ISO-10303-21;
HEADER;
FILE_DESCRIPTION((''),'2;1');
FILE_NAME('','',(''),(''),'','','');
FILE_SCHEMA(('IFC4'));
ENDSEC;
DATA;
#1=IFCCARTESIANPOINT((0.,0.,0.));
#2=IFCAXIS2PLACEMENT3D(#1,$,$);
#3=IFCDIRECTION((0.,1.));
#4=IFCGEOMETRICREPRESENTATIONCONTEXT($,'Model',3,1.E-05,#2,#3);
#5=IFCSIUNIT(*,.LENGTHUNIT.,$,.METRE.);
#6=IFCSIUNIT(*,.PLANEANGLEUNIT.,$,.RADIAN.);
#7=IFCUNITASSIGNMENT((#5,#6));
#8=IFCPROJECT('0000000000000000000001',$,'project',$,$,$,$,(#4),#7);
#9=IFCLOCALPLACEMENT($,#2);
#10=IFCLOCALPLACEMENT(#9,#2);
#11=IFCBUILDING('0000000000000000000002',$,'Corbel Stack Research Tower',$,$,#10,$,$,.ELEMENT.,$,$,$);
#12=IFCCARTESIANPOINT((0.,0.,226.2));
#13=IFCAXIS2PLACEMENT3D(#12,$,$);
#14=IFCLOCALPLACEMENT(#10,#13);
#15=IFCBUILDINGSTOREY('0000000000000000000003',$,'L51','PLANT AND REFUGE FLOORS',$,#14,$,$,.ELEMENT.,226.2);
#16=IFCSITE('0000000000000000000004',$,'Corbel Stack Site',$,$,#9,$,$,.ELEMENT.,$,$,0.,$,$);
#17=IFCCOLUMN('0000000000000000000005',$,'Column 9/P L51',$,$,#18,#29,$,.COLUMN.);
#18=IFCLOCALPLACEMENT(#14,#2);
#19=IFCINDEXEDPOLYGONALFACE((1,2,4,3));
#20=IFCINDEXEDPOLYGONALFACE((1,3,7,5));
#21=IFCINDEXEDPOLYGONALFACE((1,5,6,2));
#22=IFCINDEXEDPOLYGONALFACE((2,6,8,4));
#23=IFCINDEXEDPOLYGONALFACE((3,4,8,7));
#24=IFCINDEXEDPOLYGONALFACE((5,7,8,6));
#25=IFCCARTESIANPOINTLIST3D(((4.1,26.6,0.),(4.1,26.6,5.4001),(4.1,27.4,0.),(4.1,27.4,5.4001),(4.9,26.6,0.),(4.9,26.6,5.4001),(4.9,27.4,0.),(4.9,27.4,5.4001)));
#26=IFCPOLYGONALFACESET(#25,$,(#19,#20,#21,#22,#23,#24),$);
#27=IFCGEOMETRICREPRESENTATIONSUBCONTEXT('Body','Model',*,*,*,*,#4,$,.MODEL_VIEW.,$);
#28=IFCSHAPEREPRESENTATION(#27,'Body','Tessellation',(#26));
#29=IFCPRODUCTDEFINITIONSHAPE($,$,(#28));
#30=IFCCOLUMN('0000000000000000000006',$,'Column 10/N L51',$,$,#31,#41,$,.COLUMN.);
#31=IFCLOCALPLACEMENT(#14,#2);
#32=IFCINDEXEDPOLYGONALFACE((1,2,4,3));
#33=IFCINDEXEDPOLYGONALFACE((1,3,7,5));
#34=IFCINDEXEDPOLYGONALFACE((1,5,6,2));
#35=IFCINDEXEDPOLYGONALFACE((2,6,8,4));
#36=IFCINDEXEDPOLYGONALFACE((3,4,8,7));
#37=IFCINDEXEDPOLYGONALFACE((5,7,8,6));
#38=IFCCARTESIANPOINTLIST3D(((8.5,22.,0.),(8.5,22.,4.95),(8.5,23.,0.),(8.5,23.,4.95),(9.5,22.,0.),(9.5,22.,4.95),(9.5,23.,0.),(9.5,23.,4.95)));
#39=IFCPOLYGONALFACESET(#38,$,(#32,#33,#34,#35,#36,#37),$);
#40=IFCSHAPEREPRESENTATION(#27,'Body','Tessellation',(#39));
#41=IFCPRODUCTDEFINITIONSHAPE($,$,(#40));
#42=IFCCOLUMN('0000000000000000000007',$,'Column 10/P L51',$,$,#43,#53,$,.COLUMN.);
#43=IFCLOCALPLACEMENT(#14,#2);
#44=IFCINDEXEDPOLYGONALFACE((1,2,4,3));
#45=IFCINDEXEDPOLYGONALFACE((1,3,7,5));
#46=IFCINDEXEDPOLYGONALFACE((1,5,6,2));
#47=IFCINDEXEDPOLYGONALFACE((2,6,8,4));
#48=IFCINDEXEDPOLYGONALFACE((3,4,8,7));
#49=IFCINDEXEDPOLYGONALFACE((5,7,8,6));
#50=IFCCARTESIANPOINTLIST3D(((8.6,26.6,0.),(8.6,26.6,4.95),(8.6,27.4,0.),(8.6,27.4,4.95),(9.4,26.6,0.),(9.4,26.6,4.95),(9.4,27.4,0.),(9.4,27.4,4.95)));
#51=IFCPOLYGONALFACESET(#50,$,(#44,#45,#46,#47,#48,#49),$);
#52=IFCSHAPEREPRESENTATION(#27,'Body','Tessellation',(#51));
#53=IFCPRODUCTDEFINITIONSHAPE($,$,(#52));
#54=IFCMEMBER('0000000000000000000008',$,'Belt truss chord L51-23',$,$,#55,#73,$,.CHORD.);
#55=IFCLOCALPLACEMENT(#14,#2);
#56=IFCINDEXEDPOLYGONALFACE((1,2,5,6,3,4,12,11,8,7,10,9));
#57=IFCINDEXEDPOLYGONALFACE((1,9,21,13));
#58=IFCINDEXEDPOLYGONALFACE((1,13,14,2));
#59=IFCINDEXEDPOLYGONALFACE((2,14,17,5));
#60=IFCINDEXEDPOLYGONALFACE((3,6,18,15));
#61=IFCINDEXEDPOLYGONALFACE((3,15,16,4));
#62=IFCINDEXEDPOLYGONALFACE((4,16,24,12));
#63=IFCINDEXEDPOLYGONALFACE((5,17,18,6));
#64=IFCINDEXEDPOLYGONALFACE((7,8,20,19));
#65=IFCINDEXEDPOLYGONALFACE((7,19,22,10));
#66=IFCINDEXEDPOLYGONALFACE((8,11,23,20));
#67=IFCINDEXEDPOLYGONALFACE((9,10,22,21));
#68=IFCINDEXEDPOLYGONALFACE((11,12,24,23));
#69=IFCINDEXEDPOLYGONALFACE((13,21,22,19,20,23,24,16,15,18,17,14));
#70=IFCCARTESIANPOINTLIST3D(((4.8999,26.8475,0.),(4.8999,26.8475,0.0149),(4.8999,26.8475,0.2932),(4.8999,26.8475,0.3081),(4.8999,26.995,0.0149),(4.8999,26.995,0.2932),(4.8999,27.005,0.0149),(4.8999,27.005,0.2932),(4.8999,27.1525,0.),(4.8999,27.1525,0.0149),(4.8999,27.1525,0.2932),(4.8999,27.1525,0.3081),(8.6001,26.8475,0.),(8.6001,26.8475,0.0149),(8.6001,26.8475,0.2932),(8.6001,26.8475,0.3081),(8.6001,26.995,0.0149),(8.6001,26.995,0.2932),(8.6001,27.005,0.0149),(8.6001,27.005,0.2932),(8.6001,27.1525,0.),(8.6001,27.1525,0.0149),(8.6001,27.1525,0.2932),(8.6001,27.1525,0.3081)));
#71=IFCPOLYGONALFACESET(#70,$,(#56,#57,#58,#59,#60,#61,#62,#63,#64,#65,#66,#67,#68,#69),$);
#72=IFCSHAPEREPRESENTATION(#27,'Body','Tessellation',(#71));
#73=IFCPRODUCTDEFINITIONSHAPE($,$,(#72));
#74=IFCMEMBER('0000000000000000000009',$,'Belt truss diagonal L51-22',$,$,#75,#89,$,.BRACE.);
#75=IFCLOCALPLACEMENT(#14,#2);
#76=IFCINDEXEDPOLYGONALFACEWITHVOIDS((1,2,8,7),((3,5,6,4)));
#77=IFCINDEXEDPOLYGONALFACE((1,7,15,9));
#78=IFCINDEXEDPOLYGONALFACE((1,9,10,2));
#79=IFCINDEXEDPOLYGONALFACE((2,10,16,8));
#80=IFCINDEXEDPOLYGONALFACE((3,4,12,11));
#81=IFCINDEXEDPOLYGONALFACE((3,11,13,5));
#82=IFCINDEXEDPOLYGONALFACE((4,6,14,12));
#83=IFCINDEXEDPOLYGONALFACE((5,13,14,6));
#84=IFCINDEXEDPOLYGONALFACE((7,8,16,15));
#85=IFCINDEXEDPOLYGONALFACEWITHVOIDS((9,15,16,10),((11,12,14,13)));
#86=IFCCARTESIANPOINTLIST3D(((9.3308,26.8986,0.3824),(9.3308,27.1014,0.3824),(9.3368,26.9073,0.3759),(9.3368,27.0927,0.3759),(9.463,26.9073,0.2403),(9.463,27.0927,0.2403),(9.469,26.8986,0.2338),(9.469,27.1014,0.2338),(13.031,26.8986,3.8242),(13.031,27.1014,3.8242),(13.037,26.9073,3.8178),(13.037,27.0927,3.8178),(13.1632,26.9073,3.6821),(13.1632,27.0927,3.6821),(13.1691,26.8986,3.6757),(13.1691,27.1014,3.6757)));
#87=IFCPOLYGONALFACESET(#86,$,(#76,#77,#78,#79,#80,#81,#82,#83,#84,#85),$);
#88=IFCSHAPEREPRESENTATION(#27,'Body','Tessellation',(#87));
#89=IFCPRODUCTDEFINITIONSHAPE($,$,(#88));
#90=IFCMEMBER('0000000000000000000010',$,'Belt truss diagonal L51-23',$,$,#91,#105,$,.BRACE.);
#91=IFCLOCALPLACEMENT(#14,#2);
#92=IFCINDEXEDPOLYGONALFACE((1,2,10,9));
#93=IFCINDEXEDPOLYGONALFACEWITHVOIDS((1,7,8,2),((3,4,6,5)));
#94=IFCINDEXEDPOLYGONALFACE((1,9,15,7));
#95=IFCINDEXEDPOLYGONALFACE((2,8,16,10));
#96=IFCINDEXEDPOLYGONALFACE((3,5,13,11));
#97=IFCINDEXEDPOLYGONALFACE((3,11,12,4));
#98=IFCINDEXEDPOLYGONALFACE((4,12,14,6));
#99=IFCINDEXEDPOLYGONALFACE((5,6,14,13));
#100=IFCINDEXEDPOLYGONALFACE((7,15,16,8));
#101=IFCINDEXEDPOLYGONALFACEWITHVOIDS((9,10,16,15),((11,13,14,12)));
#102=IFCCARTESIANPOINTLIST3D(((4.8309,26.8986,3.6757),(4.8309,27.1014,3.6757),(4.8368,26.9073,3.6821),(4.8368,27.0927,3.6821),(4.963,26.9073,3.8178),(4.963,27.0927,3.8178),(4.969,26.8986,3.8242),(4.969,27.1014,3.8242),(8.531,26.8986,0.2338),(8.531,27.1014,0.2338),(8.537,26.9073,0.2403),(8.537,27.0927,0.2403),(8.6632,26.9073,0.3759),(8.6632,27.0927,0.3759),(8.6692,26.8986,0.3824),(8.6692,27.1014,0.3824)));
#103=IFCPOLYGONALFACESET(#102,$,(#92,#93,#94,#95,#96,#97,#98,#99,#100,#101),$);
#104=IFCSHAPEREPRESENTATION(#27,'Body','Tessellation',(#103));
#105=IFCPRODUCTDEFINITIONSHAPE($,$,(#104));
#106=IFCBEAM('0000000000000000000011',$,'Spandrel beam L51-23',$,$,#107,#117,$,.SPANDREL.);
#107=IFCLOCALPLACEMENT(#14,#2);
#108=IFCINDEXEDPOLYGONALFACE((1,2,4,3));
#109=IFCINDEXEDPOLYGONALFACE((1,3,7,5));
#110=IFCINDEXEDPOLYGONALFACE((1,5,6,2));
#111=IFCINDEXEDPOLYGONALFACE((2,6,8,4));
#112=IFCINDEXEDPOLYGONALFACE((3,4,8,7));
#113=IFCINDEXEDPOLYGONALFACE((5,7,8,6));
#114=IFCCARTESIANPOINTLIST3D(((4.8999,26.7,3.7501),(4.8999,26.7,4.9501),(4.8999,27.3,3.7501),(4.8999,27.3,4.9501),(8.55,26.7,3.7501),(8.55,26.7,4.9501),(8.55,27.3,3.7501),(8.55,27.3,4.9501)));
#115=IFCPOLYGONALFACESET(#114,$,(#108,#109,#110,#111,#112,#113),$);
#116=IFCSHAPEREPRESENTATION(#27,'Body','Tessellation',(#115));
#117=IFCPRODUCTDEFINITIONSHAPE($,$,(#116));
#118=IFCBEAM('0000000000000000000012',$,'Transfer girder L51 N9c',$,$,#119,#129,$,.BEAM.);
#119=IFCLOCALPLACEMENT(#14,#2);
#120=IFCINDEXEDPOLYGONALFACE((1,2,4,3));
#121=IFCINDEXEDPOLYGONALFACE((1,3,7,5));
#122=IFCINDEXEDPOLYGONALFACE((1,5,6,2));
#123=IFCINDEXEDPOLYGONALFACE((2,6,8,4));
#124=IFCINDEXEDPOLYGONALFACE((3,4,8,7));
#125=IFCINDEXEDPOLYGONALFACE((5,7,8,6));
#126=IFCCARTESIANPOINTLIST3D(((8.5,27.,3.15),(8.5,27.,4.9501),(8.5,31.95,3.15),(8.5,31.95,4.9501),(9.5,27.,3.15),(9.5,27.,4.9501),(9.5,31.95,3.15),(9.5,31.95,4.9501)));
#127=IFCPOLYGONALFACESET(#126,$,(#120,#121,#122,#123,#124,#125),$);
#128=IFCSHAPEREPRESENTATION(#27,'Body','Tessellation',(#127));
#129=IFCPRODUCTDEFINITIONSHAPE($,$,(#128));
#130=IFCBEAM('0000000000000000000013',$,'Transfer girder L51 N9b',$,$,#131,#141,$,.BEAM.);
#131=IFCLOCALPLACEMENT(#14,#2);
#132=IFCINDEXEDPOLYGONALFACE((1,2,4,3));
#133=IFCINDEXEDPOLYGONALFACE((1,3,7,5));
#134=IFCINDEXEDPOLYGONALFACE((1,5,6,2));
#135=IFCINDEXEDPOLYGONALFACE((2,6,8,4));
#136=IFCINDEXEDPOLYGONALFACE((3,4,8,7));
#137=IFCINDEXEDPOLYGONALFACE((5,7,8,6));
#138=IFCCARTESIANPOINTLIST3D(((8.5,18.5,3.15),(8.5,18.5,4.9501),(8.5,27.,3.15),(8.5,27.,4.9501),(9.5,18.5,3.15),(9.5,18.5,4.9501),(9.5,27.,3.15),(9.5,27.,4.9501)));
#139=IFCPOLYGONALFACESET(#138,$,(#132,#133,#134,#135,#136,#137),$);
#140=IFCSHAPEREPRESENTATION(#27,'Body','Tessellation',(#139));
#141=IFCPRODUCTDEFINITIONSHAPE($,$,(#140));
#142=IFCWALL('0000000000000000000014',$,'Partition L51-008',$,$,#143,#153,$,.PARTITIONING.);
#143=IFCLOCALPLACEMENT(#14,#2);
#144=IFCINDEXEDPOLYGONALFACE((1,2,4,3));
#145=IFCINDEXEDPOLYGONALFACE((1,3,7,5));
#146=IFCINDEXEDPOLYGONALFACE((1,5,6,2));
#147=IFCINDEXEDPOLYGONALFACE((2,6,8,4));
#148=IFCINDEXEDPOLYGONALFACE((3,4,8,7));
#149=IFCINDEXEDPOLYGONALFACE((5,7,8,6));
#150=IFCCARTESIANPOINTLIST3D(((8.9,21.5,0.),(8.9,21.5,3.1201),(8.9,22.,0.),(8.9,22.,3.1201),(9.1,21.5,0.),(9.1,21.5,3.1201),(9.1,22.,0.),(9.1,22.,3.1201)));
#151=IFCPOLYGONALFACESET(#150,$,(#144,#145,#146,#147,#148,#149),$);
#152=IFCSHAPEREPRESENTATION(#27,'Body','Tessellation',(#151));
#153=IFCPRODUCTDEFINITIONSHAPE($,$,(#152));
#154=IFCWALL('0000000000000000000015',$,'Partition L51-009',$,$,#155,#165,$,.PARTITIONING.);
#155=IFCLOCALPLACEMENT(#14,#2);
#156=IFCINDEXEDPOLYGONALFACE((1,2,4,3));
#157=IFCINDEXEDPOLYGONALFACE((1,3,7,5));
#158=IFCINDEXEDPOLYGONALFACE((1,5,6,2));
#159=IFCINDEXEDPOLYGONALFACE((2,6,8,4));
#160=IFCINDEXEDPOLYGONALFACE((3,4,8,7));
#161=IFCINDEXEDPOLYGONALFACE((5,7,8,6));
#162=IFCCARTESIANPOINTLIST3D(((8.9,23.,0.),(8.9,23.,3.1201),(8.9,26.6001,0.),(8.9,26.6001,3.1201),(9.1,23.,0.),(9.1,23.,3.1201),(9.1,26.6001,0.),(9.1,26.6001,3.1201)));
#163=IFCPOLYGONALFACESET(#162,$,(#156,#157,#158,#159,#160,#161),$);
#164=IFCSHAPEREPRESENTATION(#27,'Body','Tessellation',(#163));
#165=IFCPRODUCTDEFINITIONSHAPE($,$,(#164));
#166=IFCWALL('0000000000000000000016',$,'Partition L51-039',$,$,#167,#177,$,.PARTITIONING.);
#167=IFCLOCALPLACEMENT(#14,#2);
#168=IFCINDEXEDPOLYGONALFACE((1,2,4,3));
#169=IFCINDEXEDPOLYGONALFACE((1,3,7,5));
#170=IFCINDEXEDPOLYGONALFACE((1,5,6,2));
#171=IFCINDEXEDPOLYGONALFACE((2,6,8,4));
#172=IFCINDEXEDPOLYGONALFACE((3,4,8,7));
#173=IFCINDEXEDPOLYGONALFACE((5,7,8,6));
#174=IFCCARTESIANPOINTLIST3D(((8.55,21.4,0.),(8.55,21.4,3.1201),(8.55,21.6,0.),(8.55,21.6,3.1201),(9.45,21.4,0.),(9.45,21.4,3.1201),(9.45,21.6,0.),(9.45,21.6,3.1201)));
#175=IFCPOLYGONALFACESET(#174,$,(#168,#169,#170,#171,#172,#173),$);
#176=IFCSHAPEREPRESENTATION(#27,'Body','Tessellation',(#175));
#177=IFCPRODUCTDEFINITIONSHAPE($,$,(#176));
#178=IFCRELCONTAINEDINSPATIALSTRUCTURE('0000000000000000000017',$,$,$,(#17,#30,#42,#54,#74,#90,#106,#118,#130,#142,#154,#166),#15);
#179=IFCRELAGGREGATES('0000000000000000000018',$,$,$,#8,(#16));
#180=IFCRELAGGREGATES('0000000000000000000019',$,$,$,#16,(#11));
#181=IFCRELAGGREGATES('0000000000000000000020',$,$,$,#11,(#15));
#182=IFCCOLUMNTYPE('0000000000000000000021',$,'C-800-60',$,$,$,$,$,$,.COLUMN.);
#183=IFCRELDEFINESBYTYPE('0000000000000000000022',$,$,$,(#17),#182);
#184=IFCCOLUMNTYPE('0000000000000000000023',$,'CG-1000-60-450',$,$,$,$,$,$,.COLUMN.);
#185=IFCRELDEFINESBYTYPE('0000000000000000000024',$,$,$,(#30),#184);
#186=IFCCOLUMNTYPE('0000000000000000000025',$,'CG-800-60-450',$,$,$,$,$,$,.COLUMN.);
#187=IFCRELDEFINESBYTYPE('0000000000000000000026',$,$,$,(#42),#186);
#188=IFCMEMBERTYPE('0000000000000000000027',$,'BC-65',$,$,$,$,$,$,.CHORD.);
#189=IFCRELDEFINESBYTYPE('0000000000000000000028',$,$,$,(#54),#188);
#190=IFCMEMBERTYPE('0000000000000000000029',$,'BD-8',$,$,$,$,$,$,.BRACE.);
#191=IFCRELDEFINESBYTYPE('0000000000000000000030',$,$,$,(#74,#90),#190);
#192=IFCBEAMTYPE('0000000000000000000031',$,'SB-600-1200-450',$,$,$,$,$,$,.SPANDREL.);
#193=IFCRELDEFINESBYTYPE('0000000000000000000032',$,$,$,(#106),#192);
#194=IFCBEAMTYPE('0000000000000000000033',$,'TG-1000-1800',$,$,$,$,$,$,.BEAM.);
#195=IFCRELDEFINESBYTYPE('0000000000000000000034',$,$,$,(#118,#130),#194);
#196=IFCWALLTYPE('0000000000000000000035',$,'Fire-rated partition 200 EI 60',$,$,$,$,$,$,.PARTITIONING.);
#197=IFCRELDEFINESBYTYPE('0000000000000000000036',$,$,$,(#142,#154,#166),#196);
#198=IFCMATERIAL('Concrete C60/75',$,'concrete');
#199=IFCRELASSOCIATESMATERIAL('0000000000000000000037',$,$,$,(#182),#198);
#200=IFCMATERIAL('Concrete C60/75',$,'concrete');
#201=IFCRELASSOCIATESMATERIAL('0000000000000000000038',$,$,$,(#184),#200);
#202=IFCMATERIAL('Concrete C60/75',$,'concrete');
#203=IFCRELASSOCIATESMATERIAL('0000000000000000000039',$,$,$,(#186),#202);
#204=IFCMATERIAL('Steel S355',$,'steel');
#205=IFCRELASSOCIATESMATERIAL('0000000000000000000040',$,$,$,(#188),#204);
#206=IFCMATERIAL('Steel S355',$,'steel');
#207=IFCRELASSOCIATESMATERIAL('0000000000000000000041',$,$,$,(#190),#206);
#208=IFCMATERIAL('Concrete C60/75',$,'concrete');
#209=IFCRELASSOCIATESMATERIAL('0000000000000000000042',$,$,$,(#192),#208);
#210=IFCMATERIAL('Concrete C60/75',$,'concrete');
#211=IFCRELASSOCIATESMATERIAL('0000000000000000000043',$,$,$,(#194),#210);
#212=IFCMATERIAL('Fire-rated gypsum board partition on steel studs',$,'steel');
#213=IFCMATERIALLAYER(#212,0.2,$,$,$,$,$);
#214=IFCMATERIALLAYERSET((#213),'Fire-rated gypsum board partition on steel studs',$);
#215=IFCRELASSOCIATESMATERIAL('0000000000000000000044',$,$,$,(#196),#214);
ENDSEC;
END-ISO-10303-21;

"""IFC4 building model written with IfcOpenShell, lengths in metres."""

from ifc_helpers import new_model, si_unit, direction, frame, frame_2d, origin, origin_2d, place, context, subcontext, project, spatial, rectangle, hollow_rectangle, i_section, extrude, material, layer, layer_set, material_profile, profile_set, type_object, element, save


model = new_model("IFC4")

# Units and contexts
model_context = context("Model", 3, precision=1e-05, world=origin(), true_north=direction((0.0, 1.0)))
body_context = subcontext(model_context, "Body", "Model", "MODEL_VIEW")
ifc_project = project(units=[si_unit("LENGTHUNIT", "METRE"), si_unit("PLANEANGLEUNIT", "RADIAN")], contexts=[model_context])

# Site, building, storey
site_placement = place(None, origin())
site = spatial("IfcSite", under=ifc_project, at=site_placement, Name="Corbel Stack Site", CompositionType="ELEMENT", RefElevation=0.0)
building_placement = place(site_placement, origin())
building = spatial("IfcBuilding", under=site, at=building_placement, Name="Corbel Stack Research Tower", CompositionType="ELEMENT")
storey_placement = place(building_placement, frame((0.0, 0.0, 226.2)))
storey = spatial("IfcBuildingStorey", under=building, at=storey_placement, Name="L51", Description="PLANT AND REFUGE FLOORS", CompositionType="ELEMENT", Elevation=226.2)

# Columns
ifc_material_1 = material(Name="Concrete C60/75", Category="concrete")
ifc_material_profile_1 = material_profile(ifc_material_1, rectangle(XDim=0.8, YDim=0.8, at=origin_2d()), Name="RC 800 x 800")
ifc_profile_set_1 = profile_set([ifc_material_profile_1], Name="Concrete C60/75")
column_type_1 = type_object("IfcColumnType", Name="C-800-60", PredefinedType="COLUMN", material=ifc_profile_set_1)
column_1_placement = place(storey_placement, frame((4.5, 27.0, 0.0), z_axis=(0.0, 0.0, 1.0), x_axis=(1.0, 0.0, 0.0)))
element("IfcColumn", 1, at=column_1_placement, inside=storey, type_object=column_type_1, Name="Column 9/P L51", PredefinedType="COLUMN", context=body_context, shape_type="SweptSolid", body=[
    extrude(rectangle(XDim=0.8, YDim=0.8, at=origin_2d()), origin(), (0.0, 0.0, 1.0), 5.4001),
])
ifc_material_2 = material(Name="Concrete C60/75", Category="concrete")
ifc_material_profile_2 = material_profile(ifc_material_2, rectangle(XDim=1.0, YDim=1.0, at=origin_2d()), Name="RC 1000 x 1000")
ifc_profile_set_2 = profile_set([ifc_material_profile_2], Name="Concrete C60/75")
column_type_2 = type_object("IfcColumnType", Name="CG-1000-60-450", PredefinedType="COLUMN", material=ifc_profile_set_2)
column_2_placement = place(storey_placement, frame((9.0, 22.5, 0.0), z_axis=(0.0, 0.0, 1.0), x_axis=(1.0, 0.0, 0.0)))
element("IfcColumn", 2, at=column_2_placement, inside=storey, type_object=column_type_2, Name="Column 10/N L51", PredefinedType="COLUMN", context=body_context, shape_type="SweptSolid", body=[
    extrude(rectangle(XDim=1.0, YDim=1.0, at=origin_2d()), origin(), (0.0, 0.0, 1.0), 4.95),
])
ifc_material_3 = material(Name="Concrete C60/75", Category="concrete")
ifc_material_profile_3 = material_profile(ifc_material_3, rectangle(XDim=0.8, YDim=0.8, at=origin_2d()), Name="RC 800 x 800")
ifc_profile_set_3 = profile_set([ifc_material_profile_3], Name="Concrete C60/75")
column_type_3 = type_object("IfcColumnType", Name="CG-800-60-450", PredefinedType="COLUMN", material=ifc_profile_set_3)
column_3_placement = place(storey_placement, frame((9.0, 27.0, 0.0), z_axis=(0.0, 0.0, 1.0), x_axis=(1.0, 0.0, 0.0)))
element("IfcColumn", 3, at=column_3_placement, inside=storey, type_object=column_type_3, Name="Column 10/P L51", PredefinedType="COLUMN", context=body_context, shape_type="SweptSolid", body=[
    extrude(rectangle(XDim=0.8, YDim=0.8, at=origin_2d()), origin(), (0.0, 0.0, 1.0), 4.95),
])

# Members
ifc_material_4 = material(Name="Steel S355", Category="steel")
ifc_material_profile_4 = material_profile(ifc_material_4, i_section(OverallWidth=0.3049, OverallDepth=0.3081, WebThickness=0.01, FlangeThickness=0.0149, at=origin_2d()), Name="W12x65")
ifc_profile_set_4 = profile_set([ifc_material_profile_4], Name="Steel S355")
member_type_1 = type_object("IfcMemberType", Name="BC-65", PredefinedType="CHORD", material=ifc_profile_set_4)
member_placement = place(storey_placement, frame((8.6001, 27.0, 0.1541), z_axis=(-1.0, 0.0, 0.0), x_axis=(0.0, -1.0, 0.0)))
element("IfcMember", 4, at=member_placement, inside=storey, type_object=member_type_1, Name="Belt truss chord L51-23", PredefinedType="CHORD", context=body_context, shape_type="SweptSolid", body=[
    extrude(i_section(OverallWidth=0.3049, OverallDepth=0.3081, WebThickness=0.01, FlangeThickness=0.0149, at=origin_2d()), origin(), (0.0, 0.0, 1.0), 3.7002),
])
ifc_material_5 = material(Name="Steel S355", Category="steel")
ifc_material_profile_5 = material_profile(ifc_material_5, hollow_rectangle(XDim=0.2029, YDim=0.2029, WallThickness=0.0088, at=origin_2d()), Name="HSS8x8x3/8")
ifc_profile_set_5 = profile_set([ifc_material_profile_5], Name="Steel S355")
member_type_2 = type_object("IfcMemberType", Name="BD-8", PredefinedType="BRACE", material=ifc_profile_set_5)
for number, where, z_axis, x_axis, name in (
    (5, (9.3999, 27.0, 0.3081), (0.732201, 0.0, 0.681088), (0.0, 1.0, 0.0), "Belt truss diagonal L51-22"),
    (6, (8.6001, 27.0, 0.3081), (-0.732201, 0.0, 0.681088), (0.0, -1.0, 0.0), "Belt truss diagonal L51-23"),
):
    element("IfcMember", number, at=place(storey_placement, frame(where, z_axis=z_axis, x_axis=x_axis)), inside=storey, type_object=member_type_2, Name=name, PredefinedType="BRACE", context=body_context, shape_type="SweptSolid", body=[
        extrude(hollow_rectangle(XDim=0.2029, YDim=0.2029, WallThickness=0.0088, at=origin_2d()), origin(), (0.0, 0.0, 1.0), 5.0535),
    ])

# Beams
ifc_material_6 = material(Name="Concrete C60/75", Category="concrete")
ifc_material_profile_6 = material_profile(ifc_material_6, rectangle(XDim=0.6001, YDim=1.2, at=origin_2d()), Name="RC 600 x 1200")
ifc_profile_set_6 = profile_set([ifc_material_profile_6], Name="Concrete C60/75")
beam_type_1 = type_object("IfcBeamType", Name="SB-600-1200-450", PredefinedType="SPANDREL", material=ifc_profile_set_6)
beam_1_placement = place(storey_placement, frame((8.55, 27.0, 4.3501), z_axis=(-1.0, 0.0, 0.0), x_axis=(0.0, -1.0, 0.0)))
element("IfcBeam", 7, at=beam_1_placement, inside=storey, type_object=beam_type_1, Name="Spandrel beam L51-23", PredefinedType="SPANDREL", context=body_context, shape_type="SweptSolid", body=[
    extrude(rectangle(XDim=0.6001, YDim=1.2, at=origin_2d()), origin(), (0.0, 0.0, 1.0), 3.6501),
])
ifc_material_7 = material(Name="Concrete C60/75", Category="concrete")
ifc_material_profile_7 = material_profile(ifc_material_7, rectangle(XDim=1.0, YDim=1.8, at=origin_2d()), Name="RC 1000 x 1800")
ifc_profile_set_7 = profile_set([ifc_material_profile_7], Name="Concrete C60/75")
beam_type_2 = type_object("IfcBeamType", Name="TG-1000-1800", PredefinedType="BEAM", material=ifc_profile_set_7)
beam_2_placement = place(storey_placement, frame((9.0, 31.95, 4.05), z_axis=(0.0, -1.0, 0.0), x_axis=(1.0, 0.0, 0.0)))
element("IfcBeam", 8, at=beam_2_placement, inside=storey, type_object=beam_type_2, Name="Transfer girder L51 N9c", PredefinedType="BEAM", context=body_context, shape_type="SweptSolid", body=[
    extrude(rectangle(XDim=1.0, YDim=1.8, at=origin_2d()), origin(), (0.0, 0.0, 1.0), 4.95),
])
beam_3_placement = place(storey_placement, frame((9.0, 27.0, 4.05), z_axis=(0.0, -1.0, 0.0), x_axis=(1.0, 0.0, 0.0)))
element("IfcBeam", 9, at=beam_3_placement, inside=storey, type_object=beam_type_2, Name="Transfer girder L51 N9b", PredefinedType="BEAM", context=body_context, shape_type="SweptSolid", body=[
    extrude(rectangle(XDim=1.0, YDim=1.8, at=origin_2d()), origin(), (0.0, 0.0, 1.0), 8.5),
])

# Walls
ifc_material_8 = material(Name="Fire-rated gypsum board partition on steel studs", Category="steel")
ifc_layer_1 = layer(ifc_material_8, 0.2)
ifc_layer_set_1 = layer_set([ifc_layer_1], Name="Fire-rated gypsum board partition on steel studs")
wall_type_1 = type_object("IfcWallType", Name="Fire-rated partition 200 EI 60", PredefinedType="PARTITIONING", material=ifc_layer_set_1)
wall_1_placement = place(storey_placement, frame((9.0, 21.5, 0.0), z_axis=(0.0, 0.0, 1.0), x_axis=(0.0, 1.0, 0.0)))
element("IfcWall", 10, at=wall_1_placement, inside=storey, type_object=wall_type_1, Name="Partition L51-008", PredefinedType="PARTITIONING", context=body_context, shape_type="SweptSolid", body=[
    extrude(rectangle(XDim=0.5, YDim=0.2, at=frame_2d((0.25, 0.0))), origin(), (0.0, 0.0, 1.0), 3.1201),
])
wall_2_placement = place(storey_placement, frame((9.0, 23.0, 0.0), z_axis=(0.0, 0.0, 1.0), x_axis=(0.0, 1.0, 0.0)))
element("IfcWall", 11, at=wall_2_placement, inside=storey, type_object=wall_type_1, Name="Partition L51-009", PredefinedType="PARTITIONING", context=body_context, shape_type="SweptSolid", body=[
    extrude(rectangle(XDim=3.6001, YDim=0.2, at=frame_2d((1.8, 0.0))), origin(), (0.0, 0.0, 1.0), 3.1201),
])
wall_3_placement = place(storey_placement, frame((8.55, 21.5, 0.0), z_axis=(0.0, 0.0, 1.0), x_axis=(1.0, 0.0, 0.0)))
element("IfcWall", 12, at=wall_3_placement, inside=storey, type_object=wall_type_1, Name="Partition L51-039", PredefinedType="PARTITIONING", context=body_context, shape_type="SweptSolid", body=[
    extrude(rectangle(XDim=0.8999, YDim=0.2, at=frame_2d((0.45, 0.0))), origin(), (0.0, 0.0, 1.0), 3.1201),
])

save(model, "model.ifc")
